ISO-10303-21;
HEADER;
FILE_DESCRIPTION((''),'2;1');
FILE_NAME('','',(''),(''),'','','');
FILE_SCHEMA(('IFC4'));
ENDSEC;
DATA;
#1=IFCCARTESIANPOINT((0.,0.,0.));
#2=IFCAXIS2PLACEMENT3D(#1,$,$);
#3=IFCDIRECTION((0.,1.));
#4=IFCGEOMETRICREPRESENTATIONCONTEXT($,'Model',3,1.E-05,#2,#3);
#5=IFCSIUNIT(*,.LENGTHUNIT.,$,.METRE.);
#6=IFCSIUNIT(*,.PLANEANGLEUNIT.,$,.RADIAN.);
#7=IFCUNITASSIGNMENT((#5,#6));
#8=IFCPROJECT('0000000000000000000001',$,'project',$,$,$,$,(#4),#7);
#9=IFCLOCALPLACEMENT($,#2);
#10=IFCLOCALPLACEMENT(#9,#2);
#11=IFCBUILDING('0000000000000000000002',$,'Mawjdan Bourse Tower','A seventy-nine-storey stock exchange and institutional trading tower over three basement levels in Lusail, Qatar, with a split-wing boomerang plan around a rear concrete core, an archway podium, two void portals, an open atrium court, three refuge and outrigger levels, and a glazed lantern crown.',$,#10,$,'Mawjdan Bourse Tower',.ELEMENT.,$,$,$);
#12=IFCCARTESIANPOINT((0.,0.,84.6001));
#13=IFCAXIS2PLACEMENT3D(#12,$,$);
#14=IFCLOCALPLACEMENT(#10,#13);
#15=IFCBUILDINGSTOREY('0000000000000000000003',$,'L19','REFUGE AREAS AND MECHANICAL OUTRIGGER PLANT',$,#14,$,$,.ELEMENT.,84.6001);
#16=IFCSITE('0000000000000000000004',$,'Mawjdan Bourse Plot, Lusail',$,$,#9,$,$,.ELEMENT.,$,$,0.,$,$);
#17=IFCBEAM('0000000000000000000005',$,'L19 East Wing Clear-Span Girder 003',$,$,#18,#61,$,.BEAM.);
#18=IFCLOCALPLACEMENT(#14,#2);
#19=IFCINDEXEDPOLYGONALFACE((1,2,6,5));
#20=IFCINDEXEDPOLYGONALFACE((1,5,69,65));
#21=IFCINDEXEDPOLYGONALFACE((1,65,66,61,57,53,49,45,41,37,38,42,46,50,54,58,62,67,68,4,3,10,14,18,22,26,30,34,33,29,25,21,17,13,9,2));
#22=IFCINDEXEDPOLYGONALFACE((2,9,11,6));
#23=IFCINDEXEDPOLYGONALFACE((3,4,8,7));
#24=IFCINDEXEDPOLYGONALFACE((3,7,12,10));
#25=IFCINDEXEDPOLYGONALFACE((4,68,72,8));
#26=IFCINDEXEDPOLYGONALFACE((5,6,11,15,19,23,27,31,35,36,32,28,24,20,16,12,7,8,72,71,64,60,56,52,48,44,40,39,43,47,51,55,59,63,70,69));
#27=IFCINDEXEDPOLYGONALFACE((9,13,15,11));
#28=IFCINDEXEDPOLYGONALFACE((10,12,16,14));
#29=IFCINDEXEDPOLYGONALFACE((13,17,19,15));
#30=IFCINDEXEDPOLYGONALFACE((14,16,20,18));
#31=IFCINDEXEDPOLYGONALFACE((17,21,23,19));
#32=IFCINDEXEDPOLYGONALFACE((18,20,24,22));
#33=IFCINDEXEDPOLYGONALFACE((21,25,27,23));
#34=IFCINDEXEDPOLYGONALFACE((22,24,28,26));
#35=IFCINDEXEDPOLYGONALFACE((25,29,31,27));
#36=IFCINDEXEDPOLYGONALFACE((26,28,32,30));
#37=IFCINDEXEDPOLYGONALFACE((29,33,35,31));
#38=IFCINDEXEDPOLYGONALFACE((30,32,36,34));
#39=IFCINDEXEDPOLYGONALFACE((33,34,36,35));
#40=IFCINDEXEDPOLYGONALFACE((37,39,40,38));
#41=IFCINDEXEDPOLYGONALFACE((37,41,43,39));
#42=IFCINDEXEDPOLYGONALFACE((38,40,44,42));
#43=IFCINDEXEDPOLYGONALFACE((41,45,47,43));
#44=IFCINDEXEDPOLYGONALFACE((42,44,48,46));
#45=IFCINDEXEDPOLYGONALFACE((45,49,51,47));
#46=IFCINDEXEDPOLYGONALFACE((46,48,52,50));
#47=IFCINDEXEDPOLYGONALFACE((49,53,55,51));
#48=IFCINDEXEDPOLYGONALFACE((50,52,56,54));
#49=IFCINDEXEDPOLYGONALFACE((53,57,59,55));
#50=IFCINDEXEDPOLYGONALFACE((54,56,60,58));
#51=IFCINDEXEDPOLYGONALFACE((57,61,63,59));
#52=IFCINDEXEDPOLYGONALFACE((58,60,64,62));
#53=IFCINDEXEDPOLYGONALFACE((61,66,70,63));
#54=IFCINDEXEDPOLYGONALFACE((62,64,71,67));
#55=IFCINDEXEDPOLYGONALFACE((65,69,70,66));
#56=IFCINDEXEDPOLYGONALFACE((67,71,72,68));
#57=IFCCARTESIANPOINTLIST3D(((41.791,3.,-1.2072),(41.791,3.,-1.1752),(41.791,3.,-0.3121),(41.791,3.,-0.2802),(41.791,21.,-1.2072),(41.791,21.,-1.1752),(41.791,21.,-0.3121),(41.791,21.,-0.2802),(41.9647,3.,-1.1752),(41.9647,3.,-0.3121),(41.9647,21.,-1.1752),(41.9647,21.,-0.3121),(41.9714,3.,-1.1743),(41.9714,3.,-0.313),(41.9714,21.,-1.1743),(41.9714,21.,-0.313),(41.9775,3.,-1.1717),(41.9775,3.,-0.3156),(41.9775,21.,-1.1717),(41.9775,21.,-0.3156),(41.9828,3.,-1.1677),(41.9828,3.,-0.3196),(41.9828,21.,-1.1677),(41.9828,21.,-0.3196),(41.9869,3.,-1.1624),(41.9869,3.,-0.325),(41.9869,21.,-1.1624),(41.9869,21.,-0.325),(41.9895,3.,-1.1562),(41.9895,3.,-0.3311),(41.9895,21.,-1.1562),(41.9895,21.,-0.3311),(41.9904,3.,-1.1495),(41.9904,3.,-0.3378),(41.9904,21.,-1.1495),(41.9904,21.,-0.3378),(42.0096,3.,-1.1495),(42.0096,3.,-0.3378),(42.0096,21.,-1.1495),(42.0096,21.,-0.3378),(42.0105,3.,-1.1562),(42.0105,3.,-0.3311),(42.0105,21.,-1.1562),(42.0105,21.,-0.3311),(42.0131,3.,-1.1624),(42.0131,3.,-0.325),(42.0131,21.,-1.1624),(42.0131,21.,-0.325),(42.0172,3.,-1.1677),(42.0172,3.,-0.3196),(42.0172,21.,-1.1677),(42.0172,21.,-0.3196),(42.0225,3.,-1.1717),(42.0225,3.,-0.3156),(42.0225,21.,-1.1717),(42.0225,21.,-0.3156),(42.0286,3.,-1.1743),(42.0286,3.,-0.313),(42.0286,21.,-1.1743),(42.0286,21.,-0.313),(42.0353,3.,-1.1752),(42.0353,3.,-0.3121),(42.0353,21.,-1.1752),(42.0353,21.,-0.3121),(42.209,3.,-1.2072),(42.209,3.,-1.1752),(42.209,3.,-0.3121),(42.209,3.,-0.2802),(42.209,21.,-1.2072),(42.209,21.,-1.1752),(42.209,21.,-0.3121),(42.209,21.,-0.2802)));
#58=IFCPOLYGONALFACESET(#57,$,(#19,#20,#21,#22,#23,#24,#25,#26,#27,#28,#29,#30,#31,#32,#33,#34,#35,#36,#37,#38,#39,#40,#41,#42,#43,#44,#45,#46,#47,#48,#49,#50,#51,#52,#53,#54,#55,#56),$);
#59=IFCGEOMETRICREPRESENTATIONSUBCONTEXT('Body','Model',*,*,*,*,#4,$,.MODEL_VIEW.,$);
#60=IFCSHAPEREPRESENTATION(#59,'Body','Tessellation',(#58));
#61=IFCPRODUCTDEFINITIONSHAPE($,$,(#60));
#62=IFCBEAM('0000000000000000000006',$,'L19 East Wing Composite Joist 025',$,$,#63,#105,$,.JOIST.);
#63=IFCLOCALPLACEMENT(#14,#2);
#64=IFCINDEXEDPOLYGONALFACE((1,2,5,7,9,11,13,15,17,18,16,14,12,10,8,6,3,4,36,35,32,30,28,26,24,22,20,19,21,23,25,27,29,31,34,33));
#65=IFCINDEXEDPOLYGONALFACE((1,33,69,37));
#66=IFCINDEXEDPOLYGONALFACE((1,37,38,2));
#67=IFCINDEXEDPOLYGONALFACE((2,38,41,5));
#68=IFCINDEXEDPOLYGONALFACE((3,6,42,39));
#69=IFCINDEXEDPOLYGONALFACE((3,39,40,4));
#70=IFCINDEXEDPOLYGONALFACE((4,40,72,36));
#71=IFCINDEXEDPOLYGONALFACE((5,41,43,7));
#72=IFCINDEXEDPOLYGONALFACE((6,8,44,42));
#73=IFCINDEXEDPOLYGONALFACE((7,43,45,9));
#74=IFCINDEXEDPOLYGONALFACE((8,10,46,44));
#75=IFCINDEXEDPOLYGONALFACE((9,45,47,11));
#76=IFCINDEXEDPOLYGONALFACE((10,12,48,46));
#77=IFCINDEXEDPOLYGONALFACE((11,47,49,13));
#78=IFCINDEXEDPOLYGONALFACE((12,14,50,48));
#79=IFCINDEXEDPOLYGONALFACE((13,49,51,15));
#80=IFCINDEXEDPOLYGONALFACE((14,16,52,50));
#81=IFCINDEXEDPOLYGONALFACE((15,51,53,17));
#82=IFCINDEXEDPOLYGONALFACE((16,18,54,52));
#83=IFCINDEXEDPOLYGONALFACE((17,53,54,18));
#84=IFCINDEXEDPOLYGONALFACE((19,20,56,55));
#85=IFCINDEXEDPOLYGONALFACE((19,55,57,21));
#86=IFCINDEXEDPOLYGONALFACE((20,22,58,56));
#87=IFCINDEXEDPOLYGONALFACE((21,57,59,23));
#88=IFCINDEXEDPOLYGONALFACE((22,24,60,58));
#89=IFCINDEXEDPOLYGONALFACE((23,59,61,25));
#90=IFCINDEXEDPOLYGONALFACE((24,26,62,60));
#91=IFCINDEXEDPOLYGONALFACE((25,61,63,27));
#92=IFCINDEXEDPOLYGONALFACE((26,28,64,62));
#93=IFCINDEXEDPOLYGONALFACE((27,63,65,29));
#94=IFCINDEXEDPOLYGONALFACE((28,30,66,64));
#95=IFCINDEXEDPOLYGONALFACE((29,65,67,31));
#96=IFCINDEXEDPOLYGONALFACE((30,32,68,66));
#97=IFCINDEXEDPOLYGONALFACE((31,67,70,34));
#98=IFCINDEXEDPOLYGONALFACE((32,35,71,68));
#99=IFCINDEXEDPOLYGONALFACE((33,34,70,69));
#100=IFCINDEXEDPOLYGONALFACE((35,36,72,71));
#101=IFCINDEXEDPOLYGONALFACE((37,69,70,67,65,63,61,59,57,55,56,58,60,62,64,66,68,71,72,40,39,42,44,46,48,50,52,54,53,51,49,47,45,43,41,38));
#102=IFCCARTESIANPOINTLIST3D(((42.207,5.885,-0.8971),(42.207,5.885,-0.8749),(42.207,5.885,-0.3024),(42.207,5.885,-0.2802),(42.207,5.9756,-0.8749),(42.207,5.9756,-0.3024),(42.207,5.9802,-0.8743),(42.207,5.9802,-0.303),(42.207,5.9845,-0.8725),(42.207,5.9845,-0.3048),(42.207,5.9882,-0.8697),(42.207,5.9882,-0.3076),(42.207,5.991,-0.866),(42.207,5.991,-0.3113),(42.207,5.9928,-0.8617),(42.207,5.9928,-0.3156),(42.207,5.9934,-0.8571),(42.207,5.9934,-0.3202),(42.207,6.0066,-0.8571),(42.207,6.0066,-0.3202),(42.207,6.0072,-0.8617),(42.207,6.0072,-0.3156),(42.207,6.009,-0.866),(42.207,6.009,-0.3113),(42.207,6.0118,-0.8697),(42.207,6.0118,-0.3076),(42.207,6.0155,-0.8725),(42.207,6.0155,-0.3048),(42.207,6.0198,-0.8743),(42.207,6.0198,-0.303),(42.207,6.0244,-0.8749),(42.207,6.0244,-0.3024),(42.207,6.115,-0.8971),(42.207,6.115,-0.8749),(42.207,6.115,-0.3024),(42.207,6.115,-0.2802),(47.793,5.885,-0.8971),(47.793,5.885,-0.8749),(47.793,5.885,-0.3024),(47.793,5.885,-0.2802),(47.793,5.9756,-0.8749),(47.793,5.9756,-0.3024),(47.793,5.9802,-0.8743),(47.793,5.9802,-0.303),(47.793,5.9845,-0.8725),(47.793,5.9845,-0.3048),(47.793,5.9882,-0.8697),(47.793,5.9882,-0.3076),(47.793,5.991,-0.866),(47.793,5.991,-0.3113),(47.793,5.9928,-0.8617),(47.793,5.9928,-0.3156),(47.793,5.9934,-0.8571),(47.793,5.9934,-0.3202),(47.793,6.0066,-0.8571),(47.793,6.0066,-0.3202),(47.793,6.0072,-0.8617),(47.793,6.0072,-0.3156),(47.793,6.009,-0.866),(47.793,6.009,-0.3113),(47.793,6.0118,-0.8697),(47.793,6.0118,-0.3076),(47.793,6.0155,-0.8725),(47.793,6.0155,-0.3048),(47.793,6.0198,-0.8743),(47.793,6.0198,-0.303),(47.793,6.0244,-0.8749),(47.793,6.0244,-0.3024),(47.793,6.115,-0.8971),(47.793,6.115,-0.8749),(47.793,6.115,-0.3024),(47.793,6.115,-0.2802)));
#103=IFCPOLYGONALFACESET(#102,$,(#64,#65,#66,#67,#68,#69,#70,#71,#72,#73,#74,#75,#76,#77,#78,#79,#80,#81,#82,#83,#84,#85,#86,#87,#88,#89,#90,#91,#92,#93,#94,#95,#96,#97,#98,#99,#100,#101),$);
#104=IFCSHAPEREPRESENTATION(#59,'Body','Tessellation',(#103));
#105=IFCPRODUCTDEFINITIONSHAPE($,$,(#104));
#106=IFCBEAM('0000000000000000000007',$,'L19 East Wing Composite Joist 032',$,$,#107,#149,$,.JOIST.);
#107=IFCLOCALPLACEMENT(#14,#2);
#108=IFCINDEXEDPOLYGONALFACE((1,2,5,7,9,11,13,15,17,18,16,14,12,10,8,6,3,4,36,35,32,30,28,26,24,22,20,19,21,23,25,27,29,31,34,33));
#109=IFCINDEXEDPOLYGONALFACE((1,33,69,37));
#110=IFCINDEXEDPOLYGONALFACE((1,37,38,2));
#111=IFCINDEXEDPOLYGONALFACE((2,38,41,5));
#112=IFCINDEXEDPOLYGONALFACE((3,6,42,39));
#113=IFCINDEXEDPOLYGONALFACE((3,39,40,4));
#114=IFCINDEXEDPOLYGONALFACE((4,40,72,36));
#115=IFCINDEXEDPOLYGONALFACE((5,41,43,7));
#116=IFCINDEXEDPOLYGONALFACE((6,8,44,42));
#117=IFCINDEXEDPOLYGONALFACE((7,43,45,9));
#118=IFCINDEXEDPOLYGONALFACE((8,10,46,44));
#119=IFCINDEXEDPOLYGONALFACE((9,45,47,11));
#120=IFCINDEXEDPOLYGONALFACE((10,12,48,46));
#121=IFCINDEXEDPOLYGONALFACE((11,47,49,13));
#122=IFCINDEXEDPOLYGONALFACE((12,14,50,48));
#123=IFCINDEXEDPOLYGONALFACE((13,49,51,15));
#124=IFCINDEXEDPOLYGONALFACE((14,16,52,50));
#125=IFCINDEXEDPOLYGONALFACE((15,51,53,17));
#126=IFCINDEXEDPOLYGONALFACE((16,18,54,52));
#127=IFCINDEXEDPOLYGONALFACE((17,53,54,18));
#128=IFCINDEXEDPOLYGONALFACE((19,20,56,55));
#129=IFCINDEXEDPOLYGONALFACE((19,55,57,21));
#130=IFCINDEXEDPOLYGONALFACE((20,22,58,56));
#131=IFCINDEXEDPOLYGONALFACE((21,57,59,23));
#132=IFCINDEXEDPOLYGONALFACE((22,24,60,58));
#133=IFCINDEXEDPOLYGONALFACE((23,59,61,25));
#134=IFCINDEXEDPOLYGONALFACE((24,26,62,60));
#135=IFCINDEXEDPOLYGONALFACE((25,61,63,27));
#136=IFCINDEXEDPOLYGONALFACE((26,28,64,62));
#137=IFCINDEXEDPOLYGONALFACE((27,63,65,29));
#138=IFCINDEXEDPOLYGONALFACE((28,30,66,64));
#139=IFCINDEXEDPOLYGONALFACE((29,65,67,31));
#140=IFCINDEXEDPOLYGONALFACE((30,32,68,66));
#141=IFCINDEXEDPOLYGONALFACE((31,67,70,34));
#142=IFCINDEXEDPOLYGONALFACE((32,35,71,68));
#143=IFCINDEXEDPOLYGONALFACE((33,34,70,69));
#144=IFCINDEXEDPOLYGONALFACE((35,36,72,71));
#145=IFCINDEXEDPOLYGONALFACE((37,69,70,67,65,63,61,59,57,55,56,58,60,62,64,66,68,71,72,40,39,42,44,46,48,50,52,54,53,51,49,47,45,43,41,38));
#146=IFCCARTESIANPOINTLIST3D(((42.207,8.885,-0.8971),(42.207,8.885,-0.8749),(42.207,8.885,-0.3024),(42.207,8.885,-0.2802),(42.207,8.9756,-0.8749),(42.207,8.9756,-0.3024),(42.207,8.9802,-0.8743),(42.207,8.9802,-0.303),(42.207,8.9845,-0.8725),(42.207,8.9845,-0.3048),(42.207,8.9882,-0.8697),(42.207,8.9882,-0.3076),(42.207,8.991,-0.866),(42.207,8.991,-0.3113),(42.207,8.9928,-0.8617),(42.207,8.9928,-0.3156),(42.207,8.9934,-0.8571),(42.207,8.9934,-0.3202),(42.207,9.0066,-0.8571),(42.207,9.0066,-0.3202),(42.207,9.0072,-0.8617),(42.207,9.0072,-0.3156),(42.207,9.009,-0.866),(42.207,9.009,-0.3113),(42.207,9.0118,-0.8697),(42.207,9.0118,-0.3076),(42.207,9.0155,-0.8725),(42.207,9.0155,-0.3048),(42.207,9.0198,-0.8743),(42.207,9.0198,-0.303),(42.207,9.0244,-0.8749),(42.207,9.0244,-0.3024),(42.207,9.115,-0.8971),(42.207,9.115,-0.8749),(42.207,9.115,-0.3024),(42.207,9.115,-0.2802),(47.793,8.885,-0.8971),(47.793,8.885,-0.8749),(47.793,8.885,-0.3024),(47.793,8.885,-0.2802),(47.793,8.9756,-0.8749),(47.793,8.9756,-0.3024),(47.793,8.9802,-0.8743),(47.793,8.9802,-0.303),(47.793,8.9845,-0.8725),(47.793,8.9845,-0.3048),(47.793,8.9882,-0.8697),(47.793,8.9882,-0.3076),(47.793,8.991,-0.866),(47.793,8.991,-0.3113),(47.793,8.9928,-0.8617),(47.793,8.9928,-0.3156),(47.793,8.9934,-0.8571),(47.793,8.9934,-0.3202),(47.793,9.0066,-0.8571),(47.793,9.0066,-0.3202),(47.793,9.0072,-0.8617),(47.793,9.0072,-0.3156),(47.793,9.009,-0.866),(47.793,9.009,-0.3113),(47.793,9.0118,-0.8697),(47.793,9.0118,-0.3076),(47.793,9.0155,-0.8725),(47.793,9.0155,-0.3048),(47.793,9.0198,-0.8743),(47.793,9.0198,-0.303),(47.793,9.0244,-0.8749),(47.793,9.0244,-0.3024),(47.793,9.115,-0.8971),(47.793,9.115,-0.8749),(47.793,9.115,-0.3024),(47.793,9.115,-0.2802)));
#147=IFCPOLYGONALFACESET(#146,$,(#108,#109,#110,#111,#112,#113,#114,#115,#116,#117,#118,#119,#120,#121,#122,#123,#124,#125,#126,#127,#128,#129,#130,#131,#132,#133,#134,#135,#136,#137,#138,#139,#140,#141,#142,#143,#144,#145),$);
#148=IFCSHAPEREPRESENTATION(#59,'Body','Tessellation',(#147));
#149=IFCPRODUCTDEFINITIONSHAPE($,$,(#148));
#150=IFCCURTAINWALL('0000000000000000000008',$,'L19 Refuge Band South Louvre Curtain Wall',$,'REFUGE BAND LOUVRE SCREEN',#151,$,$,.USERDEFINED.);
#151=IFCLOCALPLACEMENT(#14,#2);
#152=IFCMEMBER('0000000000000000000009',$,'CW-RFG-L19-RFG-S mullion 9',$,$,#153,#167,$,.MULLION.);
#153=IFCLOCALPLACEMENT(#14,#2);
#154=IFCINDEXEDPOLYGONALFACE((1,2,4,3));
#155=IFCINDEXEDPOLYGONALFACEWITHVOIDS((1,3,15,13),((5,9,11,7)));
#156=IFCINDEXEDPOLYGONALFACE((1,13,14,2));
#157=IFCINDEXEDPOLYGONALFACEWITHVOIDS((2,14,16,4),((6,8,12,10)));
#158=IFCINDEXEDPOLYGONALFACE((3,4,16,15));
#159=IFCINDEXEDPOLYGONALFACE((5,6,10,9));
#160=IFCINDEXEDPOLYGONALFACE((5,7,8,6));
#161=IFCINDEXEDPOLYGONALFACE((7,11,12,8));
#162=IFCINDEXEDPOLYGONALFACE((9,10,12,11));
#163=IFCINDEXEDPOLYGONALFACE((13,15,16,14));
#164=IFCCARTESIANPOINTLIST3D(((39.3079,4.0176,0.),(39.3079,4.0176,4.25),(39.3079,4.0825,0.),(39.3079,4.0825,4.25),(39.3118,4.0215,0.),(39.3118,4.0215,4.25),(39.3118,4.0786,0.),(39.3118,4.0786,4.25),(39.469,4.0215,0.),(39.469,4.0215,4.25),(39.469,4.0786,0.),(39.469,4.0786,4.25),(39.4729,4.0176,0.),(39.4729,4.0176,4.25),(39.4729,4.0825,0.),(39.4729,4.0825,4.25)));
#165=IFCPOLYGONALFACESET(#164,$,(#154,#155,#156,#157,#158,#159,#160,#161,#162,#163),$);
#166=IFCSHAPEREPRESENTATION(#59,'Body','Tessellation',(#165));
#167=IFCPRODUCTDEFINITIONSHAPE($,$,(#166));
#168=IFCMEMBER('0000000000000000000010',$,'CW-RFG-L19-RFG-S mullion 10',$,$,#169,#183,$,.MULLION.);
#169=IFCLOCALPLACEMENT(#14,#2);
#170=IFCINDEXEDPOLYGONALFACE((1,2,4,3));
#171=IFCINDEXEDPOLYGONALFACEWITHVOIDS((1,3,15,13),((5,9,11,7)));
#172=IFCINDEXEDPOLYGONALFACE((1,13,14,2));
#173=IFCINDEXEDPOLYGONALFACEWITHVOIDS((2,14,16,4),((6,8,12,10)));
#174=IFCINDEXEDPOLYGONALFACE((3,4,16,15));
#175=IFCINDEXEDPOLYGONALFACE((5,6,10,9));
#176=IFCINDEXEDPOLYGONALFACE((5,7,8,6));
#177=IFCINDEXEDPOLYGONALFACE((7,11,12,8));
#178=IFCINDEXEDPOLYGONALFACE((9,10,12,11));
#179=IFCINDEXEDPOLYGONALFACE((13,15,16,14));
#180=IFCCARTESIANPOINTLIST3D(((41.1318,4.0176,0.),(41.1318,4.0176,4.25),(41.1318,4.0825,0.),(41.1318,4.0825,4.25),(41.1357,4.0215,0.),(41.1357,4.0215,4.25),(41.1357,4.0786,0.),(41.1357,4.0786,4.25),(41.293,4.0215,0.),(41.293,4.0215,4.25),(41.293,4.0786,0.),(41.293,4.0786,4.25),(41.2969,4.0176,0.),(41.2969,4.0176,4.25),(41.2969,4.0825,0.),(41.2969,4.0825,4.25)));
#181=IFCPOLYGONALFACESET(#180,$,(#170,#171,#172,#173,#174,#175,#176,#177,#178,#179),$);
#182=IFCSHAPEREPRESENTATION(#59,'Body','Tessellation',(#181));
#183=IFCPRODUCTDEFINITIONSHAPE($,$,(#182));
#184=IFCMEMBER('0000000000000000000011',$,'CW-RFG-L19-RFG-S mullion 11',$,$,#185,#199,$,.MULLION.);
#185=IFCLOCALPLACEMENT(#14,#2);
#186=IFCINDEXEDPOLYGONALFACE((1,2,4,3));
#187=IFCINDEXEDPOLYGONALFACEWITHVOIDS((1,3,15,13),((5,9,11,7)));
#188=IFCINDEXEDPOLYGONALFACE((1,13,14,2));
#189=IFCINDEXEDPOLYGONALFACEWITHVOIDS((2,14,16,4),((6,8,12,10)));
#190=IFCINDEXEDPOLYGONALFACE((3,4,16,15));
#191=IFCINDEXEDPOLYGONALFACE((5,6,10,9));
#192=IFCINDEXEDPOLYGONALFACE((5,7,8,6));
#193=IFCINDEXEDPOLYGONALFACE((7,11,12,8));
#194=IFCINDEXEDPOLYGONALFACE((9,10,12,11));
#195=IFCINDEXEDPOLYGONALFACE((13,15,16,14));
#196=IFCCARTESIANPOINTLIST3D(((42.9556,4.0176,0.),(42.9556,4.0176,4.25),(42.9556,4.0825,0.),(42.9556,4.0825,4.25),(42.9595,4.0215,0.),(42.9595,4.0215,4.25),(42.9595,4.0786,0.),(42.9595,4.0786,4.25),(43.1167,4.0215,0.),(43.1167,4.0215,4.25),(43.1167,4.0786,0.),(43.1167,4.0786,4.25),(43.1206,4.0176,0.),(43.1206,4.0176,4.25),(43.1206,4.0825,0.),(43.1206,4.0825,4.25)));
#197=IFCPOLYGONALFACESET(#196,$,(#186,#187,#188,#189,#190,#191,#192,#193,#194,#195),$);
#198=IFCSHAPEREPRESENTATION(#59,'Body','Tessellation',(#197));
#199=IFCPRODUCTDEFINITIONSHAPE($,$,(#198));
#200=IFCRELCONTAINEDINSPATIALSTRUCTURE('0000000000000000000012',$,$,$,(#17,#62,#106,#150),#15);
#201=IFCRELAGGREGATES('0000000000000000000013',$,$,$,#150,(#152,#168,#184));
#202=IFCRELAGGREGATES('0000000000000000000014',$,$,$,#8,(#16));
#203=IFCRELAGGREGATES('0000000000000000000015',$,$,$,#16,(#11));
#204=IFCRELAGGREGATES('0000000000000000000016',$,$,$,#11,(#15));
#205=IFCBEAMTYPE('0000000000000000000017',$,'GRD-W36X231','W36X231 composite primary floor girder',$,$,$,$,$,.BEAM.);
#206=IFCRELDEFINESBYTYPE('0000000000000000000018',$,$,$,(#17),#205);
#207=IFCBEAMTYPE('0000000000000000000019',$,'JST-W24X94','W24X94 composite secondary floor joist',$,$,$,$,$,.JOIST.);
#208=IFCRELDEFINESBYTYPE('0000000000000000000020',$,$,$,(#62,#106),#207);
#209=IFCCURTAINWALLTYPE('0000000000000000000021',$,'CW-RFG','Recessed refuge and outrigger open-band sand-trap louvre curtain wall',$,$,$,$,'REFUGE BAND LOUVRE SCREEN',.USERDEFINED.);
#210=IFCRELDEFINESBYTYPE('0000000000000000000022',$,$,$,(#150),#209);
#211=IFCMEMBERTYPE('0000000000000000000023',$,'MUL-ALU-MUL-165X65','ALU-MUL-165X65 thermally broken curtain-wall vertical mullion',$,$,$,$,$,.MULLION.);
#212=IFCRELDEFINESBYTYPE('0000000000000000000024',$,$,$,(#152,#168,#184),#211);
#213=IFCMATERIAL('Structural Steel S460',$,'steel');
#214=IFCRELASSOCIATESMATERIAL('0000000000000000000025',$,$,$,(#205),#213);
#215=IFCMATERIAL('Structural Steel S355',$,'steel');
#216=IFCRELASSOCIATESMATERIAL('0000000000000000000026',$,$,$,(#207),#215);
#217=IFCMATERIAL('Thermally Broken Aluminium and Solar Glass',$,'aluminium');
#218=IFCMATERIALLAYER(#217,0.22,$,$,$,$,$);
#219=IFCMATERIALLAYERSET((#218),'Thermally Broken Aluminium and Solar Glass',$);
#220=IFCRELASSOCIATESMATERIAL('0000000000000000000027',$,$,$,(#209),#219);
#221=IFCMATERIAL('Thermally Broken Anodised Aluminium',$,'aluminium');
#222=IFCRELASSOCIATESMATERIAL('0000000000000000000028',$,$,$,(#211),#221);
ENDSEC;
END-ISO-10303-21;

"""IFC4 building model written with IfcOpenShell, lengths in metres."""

from ifc_helpers import new_model, si_unit, direction, frame, origin, origin_2d, place, context, subcontext, project, spatial, hollow_rectangle, i_section, extrude, material, layer, layer_set, material_profile, profile_set, type_object, element, aggregate, save


model = new_model("IFC4")

# Units and contexts
model_context = context("Model", 3, precision=1e-05, world=origin(), true_north=direction((0.0, 1.0)))
body_context = subcontext(model_context, "Body", "Model", "MODEL_VIEW")
ifc_project = project(units=[si_unit("LENGTHUNIT", "METRE"), si_unit("PLANEANGLEUNIT", "RADIAN")], contexts=[model_context])

# Site, building, storey
site_placement = place(None, origin())
site = spatial("IfcSite", under=ifc_project, at=site_placement, Name="Mawjdan Bourse Plot, Lusail", CompositionType="ELEMENT", RefElevation=0.0)
building_placement = place(site_placement, origin())
building = spatial("IfcBuilding", under=site, at=building_placement, Name="Mawjdan Bourse Tower", Description="A seventy-nine-storey stock exchange and institutional trading tower over three basement levels in Lusail, Qatar, with a split-wing boomerang plan around a rear concrete core, an archway podium, two void portals, an open atrium court, three refuge and outrigger levels, and a glazed lantern crown.", LongName="Mawjdan Bourse Tower", CompositionType="ELEMENT")
storey_placement = place(building_placement, frame((0.0, 0.0, 84.6001)))
storey = spatial("IfcBuildingStorey", under=building, at=storey_placement, Name="L19", Description="REFUGE AREAS AND MECHANICAL OUTRIGGER PLANT", CompositionType="ELEMENT", Elevation=84.6001)

# Shared definitions
ifc_material_1 = material(Name="Structural Steel S460", Category="steel")

# Beams
ifc_material_profile_1 = material_profile(ifc_material_1, i_section(OverallWidth=0.418, OverallDepth=0.927, WebThickness=0.0193, FlangeThickness=0.032, FilletRadius=0.0256, at=origin_2d()), Name="W36X231")
ifc_profile_set_1 = profile_set([ifc_material_profile_1], Name="Structural Steel S460")
beam_type_1 = type_object("IfcBeamType", Name="GRD-W36X231", Description="W36X231 composite primary floor girder", PredefinedType="BEAM", material=ifc_profile_set_1)
beam_1_placement = place(storey_placement, frame((42.0, 3.0, -0.7437), z_axis=(0.0, 1.0, 0.0), x_axis=(-1.0, 0.0, 0.0)))
element("IfcBeam", 1, at=beam_1_placement, inside=storey, type_object=beam_type_1, Name="L19 East Wing Clear-Span Girder 003", PredefinedType="BEAM", context=body_context, shape_type="SweptSolid", body=[
    extrude(i_section(OverallWidth=0.418, OverallDepth=0.927, WebThickness=0.0193, FlangeThickness=0.032, FilletRadius=0.0256, at=origin_2d()), origin(), (0.0, 0.0, 1.0), 18.0),
])
ifc_material_2 = material(Name="Structural Steel S355", Category="steel")
ifc_material_profile_2 = material_profile(ifc_material_2, i_section(OverallWidth=0.23, OverallDepth=0.6169, WebThickness=0.0132, FlangeThickness=0.0222, FilletRadius=0.0178, at=origin_2d()), Name="W24X94")
ifc_profile_set_2 = profile_set([ifc_material_profile_2], Name="Structural Steel S355")
beam_type_2 = type_object("IfcBeamType", Name="JST-W24X94", Description="W24X94 composite secondary floor joist", PredefinedType="JOIST", material=ifc_profile_set_2)
for number, where, z_axis, x_axis, name in (
    (2, (42.207, 6.0, -0.5886), (1.0, 0.0, 0.0), (0.0, 1.0, 0.0), "L19 East Wing Composite Joist 025"),
    (3, (42.207, 9.0, -0.5886), (1.0, 0.0, 0.0), (0.0, 1.0, 0.0), "L19 East Wing Composite Joist 032"),
):
    element("IfcBeam", number, at=place(storey_placement, frame(where, z_axis=z_axis, x_axis=x_axis)), inside=storey, type_object=beam_type_2, Name=name, PredefinedType="JOIST", context=body_context, shape_type="SweptSolid", body=[
        extrude(i_section(OverallWidth=0.23, OverallDepth=0.6169, WebThickness=0.0132, FlangeThickness=0.0222, FilletRadius=0.0178, at=origin_2d()), origin(), (0.0, 0.0, 1.0), 5.5859),
    ])

# Curtain wall, members
ifc_material_3 = material(Name="Thermally Broken Aluminium and Solar Glass", Category="aluminium")
ifc_layer_1 = layer(ifc_material_3, 0.22)
ifc_layer_set_1 = layer_set([ifc_layer_1], Name="Thermally Broken Aluminium and Solar Glass")
curtain_wall_type = type_object("IfcCurtainWallType", Name="CW-RFG", Description="Recessed refuge and outrigger open-band sand-trap louvre curtain wall", ElementType="REFUGE BAND LOUVRE SCREEN", PredefinedType="USERDEFINED", material=ifc_layer_set_1)
curtain_wall_placement = place(storey_placement, origin())
curtain_wall = element("IfcCurtainWall", 4, at=curtain_wall_placement, inside=storey, type_object=curtain_wall_type, Name="L19 Refuge Band South Louvre Curtain Wall", ObjectType="REFUGE BAND LOUVRE SCREEN", PredefinedType="USERDEFINED")
ifc_material_4 = material(Name="Thermally Broken Anodised Aluminium", Category="aluminium")
ifc_material_profile_3 = material_profile(ifc_material_4, hollow_rectangle(XDim=0.0649, YDim=0.165, WallThickness=0.0039, at=origin_2d()), Name="ALU-MUL-165X65")
ifc_profile_set_3 = profile_set([ifc_material_profile_3], Name="Thermally Broken Anodised Aluminium")
member_type_1 = type_object("IfcMemberType", Name="MUL-ALU-MUL-165X65", Description="ALU-MUL-165X65 thermally broken curtain-wall vertical mullion", PredefinedType="MULLION", material=ifc_profile_set_3)
member_1_placement = place(storey_placement, frame((39.3904, 4.05, 0.0), z_axis=(0.0, 0.0, 1.0), x_axis=(0.0, 1.0, 0.0)))
member_1 = element("IfcMember", 5, at=member_1_placement, type_object=member_type_1, Name="CW-RFG-L19-RFG-S mullion 9", PredefinedType="MULLION", context=body_context, shape_type="SweptSolid", body=[
    extrude(hollow_rectangle(XDim=0.0649, YDim=0.165, WallThickness=0.0039, at=origin_2d()), origin(), (0.0, 0.0, 1.0), 4.25),
])
member_2_placement = place(storey_placement, frame((41.2144, 4.05, 0.0), z_axis=(0.0, 0.0, 1.0), x_axis=(0.0, 1.0, 0.0)))
member_2 = element("IfcMember", 6, at=member_2_placement, type_object=member_type_1, Name="CW-RFG-L19-RFG-S mullion 10", PredefinedType="MULLION", context=body_context, shape_type="SweptSolid", body=[
    extrude(hollow_rectangle(XDim=0.0649, YDim=0.165, WallThickness=0.0039, at=origin_2d()), origin(), (0.0, 0.0, 1.0), 4.25),
])
member_3_placement = place(storey_placement, frame((43.0381, 4.05, 0.0), z_axis=(0.0, 0.0, 1.0), x_axis=(0.0, 1.0, 0.0)))
member_3 = element("IfcMember", 7, at=member_3_placement, type_object=member_type_1, Name="CW-RFG-L19-RFG-S mullion 11", PredefinedType="MULLION", context=body_context, shape_type="SweptSolid", body=[
    extrude(hollow_rectangle(XDim=0.0649, YDim=0.165, WallThickness=0.0039, at=origin_2d()), origin(), (0.0, 0.0, 1.0), 4.25),
])

aggregate(curtain_wall, [member_1, member_2, member_3])

save(model, "model.ifc")
